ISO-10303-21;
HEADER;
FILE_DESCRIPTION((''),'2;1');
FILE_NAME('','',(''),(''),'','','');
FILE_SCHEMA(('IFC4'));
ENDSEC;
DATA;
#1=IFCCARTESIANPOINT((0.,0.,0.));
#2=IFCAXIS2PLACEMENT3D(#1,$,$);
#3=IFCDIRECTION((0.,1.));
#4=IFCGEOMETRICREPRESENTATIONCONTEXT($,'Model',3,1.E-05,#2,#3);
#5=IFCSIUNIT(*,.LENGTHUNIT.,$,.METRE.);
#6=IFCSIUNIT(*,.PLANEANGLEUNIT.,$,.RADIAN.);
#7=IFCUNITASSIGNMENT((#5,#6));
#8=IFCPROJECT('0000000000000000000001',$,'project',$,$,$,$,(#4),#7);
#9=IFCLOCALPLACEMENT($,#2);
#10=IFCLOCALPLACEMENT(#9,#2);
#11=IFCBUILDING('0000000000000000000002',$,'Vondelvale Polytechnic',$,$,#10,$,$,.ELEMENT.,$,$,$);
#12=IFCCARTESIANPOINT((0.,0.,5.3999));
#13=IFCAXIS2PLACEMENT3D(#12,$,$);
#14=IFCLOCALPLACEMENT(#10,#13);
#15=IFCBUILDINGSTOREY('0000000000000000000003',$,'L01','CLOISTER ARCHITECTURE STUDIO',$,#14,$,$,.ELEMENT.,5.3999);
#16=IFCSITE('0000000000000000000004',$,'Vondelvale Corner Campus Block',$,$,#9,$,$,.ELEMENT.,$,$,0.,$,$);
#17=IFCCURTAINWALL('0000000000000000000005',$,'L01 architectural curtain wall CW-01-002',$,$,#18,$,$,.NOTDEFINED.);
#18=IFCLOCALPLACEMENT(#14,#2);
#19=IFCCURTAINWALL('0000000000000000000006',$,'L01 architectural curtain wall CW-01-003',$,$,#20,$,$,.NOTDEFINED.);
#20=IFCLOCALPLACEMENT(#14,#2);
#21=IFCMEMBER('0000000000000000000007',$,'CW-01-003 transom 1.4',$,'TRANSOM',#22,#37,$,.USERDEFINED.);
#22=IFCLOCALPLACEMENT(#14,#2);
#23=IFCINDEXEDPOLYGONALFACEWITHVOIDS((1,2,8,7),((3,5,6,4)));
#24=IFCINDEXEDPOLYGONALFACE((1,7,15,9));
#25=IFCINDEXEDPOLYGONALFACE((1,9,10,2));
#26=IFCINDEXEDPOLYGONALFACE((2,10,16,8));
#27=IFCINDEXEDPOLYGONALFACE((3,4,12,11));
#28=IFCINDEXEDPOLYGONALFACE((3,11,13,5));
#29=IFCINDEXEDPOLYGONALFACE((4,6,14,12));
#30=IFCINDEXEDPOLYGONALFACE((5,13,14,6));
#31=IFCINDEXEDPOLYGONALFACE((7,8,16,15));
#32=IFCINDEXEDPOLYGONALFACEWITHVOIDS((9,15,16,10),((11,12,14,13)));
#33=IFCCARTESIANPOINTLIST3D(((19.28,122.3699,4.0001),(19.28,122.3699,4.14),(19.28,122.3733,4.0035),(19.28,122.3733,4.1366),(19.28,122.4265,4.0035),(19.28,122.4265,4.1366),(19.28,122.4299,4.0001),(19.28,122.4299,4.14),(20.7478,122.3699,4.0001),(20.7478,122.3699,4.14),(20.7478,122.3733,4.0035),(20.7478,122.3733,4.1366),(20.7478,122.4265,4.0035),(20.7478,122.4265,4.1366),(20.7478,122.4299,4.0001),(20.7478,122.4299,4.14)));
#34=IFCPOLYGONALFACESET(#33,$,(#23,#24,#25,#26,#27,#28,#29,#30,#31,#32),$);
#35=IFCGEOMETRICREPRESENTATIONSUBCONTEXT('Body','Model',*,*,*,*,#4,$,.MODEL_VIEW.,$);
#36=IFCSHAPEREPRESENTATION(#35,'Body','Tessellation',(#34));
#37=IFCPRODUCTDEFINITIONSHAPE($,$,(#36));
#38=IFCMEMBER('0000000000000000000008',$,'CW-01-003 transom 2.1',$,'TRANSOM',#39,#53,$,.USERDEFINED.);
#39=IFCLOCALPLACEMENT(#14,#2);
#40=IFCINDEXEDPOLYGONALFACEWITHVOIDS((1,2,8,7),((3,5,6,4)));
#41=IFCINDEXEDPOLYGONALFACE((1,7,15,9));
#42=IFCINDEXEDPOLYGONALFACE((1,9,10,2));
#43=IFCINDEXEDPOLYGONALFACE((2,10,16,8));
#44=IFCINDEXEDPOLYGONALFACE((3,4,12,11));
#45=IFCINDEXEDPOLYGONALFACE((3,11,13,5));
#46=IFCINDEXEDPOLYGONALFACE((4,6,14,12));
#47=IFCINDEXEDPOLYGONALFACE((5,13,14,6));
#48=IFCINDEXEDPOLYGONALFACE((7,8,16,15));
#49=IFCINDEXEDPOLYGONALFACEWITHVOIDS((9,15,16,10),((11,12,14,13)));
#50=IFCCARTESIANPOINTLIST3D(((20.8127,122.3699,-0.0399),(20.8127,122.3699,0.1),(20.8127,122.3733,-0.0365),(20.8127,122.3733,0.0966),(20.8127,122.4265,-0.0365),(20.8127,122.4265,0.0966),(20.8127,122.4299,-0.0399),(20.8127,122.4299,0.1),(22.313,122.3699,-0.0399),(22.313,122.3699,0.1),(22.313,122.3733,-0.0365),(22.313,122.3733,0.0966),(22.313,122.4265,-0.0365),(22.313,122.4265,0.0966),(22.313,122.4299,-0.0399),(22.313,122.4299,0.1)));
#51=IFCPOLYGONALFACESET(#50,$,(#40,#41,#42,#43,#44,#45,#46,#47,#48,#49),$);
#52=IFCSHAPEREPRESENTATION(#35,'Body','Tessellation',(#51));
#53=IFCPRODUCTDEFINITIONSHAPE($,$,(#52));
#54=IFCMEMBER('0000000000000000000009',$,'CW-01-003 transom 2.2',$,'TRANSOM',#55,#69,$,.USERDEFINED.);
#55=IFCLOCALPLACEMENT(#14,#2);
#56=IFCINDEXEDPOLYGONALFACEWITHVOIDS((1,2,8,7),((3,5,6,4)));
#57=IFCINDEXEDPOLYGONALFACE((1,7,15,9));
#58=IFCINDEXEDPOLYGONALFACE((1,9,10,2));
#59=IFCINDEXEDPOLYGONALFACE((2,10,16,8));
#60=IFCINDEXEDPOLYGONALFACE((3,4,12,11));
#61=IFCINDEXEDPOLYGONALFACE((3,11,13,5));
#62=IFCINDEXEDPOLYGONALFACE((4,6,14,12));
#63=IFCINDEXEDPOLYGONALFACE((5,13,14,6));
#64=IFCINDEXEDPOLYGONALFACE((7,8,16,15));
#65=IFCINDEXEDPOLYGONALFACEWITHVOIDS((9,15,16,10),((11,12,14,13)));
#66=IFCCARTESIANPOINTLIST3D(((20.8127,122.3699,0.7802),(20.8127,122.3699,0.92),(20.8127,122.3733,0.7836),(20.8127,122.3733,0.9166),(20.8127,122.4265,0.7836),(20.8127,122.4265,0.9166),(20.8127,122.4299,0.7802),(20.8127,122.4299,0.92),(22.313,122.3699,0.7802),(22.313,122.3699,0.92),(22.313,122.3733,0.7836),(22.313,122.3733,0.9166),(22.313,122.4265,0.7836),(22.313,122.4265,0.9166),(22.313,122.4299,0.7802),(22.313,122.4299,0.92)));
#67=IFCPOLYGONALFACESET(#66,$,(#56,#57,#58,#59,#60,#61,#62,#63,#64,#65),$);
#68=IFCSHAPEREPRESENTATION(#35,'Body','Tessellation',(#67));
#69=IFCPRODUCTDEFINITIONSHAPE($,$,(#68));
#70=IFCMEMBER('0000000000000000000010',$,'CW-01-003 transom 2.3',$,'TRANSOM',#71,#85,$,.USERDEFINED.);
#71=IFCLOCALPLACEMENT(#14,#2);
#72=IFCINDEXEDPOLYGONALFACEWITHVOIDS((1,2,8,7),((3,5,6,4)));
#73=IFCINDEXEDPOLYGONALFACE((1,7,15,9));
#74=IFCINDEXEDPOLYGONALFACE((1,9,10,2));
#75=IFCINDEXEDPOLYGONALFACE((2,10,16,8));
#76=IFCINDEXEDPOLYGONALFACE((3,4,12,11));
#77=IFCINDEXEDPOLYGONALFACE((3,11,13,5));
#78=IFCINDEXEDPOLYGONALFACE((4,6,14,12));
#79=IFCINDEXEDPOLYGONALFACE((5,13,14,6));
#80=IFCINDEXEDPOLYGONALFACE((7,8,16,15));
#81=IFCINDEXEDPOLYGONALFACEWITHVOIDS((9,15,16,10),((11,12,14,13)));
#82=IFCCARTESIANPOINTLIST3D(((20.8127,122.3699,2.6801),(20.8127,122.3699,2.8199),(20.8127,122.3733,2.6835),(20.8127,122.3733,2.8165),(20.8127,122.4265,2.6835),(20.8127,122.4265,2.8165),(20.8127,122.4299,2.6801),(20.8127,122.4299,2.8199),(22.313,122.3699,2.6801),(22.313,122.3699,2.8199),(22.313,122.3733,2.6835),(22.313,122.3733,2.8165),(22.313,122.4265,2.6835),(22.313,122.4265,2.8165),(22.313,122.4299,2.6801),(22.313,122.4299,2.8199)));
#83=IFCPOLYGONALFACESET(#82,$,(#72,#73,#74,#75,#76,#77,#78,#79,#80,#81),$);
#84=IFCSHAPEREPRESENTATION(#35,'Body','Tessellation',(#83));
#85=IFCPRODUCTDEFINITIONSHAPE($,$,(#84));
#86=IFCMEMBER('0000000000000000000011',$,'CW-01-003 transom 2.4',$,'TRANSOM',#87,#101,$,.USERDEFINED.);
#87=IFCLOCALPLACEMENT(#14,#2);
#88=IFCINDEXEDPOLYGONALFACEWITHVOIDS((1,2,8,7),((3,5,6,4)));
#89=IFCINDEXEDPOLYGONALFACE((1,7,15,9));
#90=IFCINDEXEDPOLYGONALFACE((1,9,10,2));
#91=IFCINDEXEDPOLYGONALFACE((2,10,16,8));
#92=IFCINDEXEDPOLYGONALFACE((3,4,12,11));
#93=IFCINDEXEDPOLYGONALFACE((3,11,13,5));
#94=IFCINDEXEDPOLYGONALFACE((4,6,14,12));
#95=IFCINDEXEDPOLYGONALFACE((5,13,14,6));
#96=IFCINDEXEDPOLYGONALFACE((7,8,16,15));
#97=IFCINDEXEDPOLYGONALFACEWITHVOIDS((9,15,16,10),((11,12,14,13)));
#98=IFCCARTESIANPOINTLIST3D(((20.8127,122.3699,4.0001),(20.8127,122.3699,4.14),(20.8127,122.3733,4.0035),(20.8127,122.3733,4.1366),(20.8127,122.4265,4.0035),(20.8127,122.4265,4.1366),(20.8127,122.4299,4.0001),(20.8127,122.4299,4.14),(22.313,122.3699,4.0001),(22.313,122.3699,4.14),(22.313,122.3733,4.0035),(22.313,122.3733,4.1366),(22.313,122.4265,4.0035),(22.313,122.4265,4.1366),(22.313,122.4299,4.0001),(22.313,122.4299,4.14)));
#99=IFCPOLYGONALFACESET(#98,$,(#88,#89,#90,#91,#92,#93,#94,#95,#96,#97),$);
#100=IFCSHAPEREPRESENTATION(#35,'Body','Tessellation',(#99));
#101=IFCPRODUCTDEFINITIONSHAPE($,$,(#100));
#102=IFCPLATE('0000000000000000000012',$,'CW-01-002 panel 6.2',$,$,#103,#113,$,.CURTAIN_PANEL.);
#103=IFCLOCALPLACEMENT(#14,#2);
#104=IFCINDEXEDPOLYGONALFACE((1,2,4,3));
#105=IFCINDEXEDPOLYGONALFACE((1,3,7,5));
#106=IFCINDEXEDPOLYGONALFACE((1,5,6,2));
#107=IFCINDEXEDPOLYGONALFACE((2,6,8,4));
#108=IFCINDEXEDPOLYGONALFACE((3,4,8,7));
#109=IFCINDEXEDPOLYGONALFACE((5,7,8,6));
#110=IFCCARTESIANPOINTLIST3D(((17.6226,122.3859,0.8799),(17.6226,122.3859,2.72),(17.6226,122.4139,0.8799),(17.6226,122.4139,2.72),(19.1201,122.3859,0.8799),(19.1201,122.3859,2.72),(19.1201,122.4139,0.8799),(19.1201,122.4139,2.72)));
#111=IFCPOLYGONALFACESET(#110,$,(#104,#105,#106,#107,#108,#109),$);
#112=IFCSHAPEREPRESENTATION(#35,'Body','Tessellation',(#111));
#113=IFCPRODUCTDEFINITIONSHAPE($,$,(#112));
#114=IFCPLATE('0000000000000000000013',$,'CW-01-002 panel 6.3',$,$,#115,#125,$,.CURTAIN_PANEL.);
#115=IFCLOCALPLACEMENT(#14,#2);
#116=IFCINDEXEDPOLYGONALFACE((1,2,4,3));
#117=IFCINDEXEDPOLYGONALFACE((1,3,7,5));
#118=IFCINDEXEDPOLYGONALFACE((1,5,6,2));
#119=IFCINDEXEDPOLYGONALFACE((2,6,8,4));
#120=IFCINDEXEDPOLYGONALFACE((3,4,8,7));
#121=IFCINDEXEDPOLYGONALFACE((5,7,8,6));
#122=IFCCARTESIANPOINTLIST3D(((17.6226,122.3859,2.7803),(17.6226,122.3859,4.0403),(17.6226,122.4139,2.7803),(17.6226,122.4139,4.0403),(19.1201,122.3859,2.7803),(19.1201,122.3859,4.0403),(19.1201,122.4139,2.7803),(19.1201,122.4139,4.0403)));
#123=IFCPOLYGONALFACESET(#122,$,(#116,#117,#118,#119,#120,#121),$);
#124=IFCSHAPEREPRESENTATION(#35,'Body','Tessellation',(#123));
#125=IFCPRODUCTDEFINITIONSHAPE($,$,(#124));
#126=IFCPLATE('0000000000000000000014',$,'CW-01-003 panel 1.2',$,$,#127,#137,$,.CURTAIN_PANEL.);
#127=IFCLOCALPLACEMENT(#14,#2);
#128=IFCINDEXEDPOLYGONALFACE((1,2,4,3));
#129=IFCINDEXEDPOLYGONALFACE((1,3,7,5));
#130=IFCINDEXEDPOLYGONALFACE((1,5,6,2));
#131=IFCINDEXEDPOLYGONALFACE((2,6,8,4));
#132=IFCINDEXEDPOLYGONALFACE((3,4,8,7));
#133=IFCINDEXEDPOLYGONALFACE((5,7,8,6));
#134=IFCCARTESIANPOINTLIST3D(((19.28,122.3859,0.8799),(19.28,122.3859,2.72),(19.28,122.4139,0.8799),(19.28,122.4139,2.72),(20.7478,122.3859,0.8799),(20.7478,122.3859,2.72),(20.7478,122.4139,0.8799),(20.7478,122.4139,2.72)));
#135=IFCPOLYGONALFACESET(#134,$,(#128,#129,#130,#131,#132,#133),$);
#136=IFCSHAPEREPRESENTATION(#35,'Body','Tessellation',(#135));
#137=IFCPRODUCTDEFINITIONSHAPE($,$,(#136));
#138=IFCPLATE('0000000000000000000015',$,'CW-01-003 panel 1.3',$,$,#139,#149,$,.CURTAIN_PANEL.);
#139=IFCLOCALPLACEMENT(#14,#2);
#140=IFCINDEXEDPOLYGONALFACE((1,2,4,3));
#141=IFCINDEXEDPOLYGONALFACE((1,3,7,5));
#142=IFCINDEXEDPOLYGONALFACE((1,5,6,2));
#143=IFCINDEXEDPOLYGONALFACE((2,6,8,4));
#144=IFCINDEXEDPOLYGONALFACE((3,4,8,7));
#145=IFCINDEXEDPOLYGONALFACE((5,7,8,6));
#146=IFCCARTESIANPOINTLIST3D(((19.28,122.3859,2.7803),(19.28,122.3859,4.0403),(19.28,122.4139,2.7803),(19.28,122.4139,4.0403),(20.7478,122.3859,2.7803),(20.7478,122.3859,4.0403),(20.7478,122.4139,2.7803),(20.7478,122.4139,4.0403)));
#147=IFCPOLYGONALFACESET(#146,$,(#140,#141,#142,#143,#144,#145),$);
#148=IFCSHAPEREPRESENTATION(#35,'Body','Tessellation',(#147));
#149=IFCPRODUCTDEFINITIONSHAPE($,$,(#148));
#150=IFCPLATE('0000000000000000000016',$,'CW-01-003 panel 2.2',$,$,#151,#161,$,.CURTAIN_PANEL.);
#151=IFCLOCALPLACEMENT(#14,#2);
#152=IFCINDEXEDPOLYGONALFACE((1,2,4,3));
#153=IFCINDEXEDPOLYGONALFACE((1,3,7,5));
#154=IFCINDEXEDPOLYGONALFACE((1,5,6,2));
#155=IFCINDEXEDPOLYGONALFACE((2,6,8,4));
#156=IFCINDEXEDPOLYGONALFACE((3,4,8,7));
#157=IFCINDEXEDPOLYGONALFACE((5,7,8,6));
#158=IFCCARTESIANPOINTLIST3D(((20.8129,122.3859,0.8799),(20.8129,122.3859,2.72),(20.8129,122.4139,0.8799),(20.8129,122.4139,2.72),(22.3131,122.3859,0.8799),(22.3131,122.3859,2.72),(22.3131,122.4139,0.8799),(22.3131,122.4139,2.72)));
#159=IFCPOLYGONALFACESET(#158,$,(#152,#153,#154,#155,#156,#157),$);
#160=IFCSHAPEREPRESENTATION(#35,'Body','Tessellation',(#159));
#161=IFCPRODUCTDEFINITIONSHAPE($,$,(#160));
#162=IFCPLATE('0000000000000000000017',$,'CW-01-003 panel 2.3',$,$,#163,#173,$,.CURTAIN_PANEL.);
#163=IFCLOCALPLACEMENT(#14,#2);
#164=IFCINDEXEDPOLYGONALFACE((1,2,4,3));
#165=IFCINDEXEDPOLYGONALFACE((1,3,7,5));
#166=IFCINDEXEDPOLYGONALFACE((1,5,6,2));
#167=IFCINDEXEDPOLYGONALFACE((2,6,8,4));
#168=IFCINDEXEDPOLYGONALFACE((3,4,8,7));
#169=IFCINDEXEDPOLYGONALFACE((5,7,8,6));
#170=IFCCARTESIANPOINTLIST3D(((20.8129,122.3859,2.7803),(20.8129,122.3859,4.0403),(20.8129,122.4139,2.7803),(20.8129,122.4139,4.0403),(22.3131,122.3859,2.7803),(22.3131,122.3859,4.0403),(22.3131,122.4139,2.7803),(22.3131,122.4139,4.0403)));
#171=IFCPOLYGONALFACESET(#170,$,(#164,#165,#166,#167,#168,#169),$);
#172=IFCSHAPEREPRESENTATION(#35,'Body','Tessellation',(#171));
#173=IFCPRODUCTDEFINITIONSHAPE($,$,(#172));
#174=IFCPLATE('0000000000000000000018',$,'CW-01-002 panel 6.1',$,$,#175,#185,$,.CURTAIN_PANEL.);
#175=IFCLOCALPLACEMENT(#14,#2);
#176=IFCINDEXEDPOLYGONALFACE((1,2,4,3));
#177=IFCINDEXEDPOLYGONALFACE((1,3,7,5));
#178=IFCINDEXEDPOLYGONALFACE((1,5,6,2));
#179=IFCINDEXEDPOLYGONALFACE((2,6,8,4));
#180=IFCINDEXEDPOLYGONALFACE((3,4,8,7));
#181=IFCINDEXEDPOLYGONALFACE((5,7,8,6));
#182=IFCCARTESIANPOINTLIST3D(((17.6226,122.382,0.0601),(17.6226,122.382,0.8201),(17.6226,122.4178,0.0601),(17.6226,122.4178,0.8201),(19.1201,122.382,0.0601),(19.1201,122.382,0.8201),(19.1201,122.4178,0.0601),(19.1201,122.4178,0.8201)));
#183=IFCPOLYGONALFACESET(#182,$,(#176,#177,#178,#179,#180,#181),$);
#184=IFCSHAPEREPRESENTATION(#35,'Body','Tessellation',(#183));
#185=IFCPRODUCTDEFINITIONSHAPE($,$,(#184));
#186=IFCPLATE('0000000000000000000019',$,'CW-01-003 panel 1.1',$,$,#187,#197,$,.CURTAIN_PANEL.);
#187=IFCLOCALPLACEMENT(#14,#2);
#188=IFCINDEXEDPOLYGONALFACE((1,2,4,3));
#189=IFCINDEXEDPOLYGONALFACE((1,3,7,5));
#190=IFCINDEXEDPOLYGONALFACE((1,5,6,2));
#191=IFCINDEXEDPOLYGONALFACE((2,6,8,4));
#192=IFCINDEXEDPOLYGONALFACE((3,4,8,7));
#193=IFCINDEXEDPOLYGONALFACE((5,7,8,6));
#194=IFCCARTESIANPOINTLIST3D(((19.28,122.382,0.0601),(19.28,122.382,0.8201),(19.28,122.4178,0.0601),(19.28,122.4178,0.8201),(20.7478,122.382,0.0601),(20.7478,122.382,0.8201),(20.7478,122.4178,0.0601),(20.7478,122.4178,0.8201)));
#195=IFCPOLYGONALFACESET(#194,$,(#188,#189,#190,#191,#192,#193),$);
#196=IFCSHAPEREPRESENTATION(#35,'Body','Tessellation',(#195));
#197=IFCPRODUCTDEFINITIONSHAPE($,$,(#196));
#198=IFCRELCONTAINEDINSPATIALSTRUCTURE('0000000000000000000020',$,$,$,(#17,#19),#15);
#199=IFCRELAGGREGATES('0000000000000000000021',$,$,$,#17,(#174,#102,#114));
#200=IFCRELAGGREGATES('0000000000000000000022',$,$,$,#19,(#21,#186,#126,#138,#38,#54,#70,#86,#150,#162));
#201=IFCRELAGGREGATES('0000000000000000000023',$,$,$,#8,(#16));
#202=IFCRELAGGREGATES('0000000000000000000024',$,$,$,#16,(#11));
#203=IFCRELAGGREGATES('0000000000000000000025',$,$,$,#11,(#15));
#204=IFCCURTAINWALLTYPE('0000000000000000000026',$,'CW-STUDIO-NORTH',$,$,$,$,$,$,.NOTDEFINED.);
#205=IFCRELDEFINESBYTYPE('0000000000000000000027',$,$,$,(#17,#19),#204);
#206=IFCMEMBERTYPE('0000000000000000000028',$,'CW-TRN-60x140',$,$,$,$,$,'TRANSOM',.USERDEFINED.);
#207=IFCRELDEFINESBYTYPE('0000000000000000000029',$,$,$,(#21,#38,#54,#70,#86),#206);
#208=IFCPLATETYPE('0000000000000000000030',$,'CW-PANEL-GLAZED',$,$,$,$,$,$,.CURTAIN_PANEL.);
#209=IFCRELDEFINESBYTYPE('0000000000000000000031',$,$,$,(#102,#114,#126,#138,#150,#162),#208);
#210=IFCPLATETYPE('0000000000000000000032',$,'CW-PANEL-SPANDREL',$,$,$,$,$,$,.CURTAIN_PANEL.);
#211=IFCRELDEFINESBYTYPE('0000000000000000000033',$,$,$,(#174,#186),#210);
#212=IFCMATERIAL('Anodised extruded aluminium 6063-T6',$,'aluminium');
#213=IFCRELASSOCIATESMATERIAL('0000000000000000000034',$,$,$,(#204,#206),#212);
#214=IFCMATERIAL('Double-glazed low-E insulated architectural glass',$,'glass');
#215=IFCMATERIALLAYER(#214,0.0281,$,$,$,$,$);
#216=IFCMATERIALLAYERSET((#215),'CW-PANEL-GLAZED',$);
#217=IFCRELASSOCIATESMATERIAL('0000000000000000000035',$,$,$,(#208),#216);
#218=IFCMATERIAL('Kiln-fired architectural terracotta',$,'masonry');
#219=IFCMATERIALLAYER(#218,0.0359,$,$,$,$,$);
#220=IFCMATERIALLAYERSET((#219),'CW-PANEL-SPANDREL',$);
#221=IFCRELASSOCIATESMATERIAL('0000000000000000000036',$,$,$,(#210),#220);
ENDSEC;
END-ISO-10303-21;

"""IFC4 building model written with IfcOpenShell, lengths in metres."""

from ifc_helpers import new_model, si_unit, direction, frame, origin, origin_2d, place, context, subcontext, project, spatial, rectangle, hollow_rectangle, extrude, material, layer, layer_set, material_profile, profile_set, type_object, element, aggregate, save


model = new_model("IFC4")

# Units and contexts
model_context = context("Model", 3, precision=1e-05, world=origin(), true_north=direction((0.0, 1.0)))
body_context = subcontext(model_context, "Body", "Model", "MODEL_VIEW")
ifc_project = project(units=[si_unit("LENGTHUNIT", "METRE"), si_unit("PLANEANGLEUNIT", "RADIAN")], contexts=[model_context])

# Site, building, storey
site_placement = place(None, origin())
site = spatial("IfcSite", under=ifc_project, at=site_placement, Name="Vondelvale Corner Campus Block", CompositionType="ELEMENT", RefElevation=0.0)
building_placement = place(site_placement, origin())
building = spatial("IfcBuilding", under=site, at=building_placement, Name="Vondelvale Polytechnic", CompositionType="ELEMENT")
storey_placement = place(building_placement, frame((0.0, 0.0, 5.3999)))
storey = spatial("IfcBuildingStorey", under=building, at=storey_placement, Name="L01", Description="CLOISTER ARCHITECTURE STUDIO", CompositionType="ELEMENT", Elevation=5.3999)

# Curtain wall
ifc_material_1 = material(Name="Anodised extruded aluminium 6063-T6", Category="aluminium")
curtain_wall_type = type_object("IfcCurtainWallType", Name="CW-STUDIO-NORTH", PredefinedType="NOTDEFINED", material=ifc_material_1)
curtain_wall_1_placement = place(storey_placement, origin())
curtain_wall_1 = element("IfcCurtainWall", 1, at=curtain_wall_1_placement, inside=storey, type_object=curtain_wall_type, Name="L01 architectural curtain wall CW-01-002", PredefinedType="NOTDEFINED")

# Curtain wall
curtain_wall_2_placement = place(storey_placement, origin())
curtain_wall_2 = element("IfcCurtainWall", 2, at=curtain_wall_2_placement, inside=storey, type_object=curtain_wall_type, Name="L01 architectural curtain wall CW-01-003", PredefinedType="NOTDEFINED")

# Members
ifc_material_profile_1 = material_profile(ifc_material_1, hollow_rectangle(XDim=0.0601, YDim=0.1399, WallThickness=0.0034, at=origin_2d()), Name="CW-TRN-140x60")
ifc_profile_set_1 = profile_set([ifc_material_profile_1], Name="Anodised extruded aluminium 6063-T6")
member_type_1 = type_object("IfcMemberType", Name="CW-TRN-60x140", ElementType="TRANSOM", PredefinedType="USERDEFINED", material=ifc_profile_set_1)
member_1_placement = place(storey_placement, frame((19.28, 122.3999, 4.0701), z_axis=(1.0, 0.0, 0.0), x_axis=(0.0, 1.0, 0.0)))
member_1 = element("IfcMember", 3, at=member_1_placement, type_object=member_type_1, Name="CW-01-003 transom 1.4", ObjectType="TRANSOM", PredefinedType="USERDEFINED", context=body_context, shape_type="SweptSolid", body=[
    extrude(hollow_rectangle(XDim=0.0601, YDim=0.1399, WallThickness=0.0034, at=origin_2d()), origin(), (0.0, 0.0, 1.0), 1.4678),
])
member_2_placement = place(storey_placement, frame((20.8127, 122.3999, 0.03), z_axis=(1.0, 0.0, 0.0), x_axis=(0.0, 1.0, 0.0)))
member_2 = element("IfcMember", 4, at=member_2_placement, type_object=member_type_1, Name="CW-01-003 transom 2.1", ObjectType="TRANSOM", PredefinedType="USERDEFINED", context=body_context, shape_type="SweptSolid", body=[
    extrude(hollow_rectangle(XDim=0.0601, YDim=0.1399, WallThickness=0.0034, at=origin_2d()), origin(), (0.0, 0.0, 1.0), 1.5002),
])
member_3_placement = place(storey_placement, frame((20.8127, 122.3999, 0.8501), z_axis=(1.0, 0.0, 0.0), x_axis=(0.0, 1.0, 0.0)))
member_3 = element("IfcMember", 5, at=member_3_placement, type_object=member_type_1, Name="CW-01-003 transom 2.2", ObjectType="TRANSOM", PredefinedType="USERDEFINED", context=body_context, shape_type="SweptSolid", body=[
    extrude(hollow_rectangle(XDim=0.0601, YDim=0.1399, WallThickness=0.0034, at=origin_2d()), origin(), (0.0, 0.0, 1.0), 1.5002),
])
member_4_placement = place(storey_placement, frame((20.8127, 122.3999, 2.75), z_axis=(1.0, 0.0, 0.0), x_axis=(0.0, 1.0, 0.0)))
member_4 = element("IfcMember", 6, at=member_4_placement, type_object=member_type_1, Name="CW-01-003 transom 2.3", ObjectType="TRANSOM", PredefinedType="USERDEFINED", context=body_context, shape_type="SweptSolid", body=[
    extrude(hollow_rectangle(XDim=0.0601, YDim=0.1399, WallThickness=0.0034, at=origin_2d()), origin(), (0.0, 0.0, 1.0), 1.5002),
])
member_5_placement = place(storey_placement, frame((20.8127, 122.3999, 4.0701), z_axis=(1.0, 0.0, 0.0), x_axis=(0.0, 1.0, 0.0)))
member_5 = element("IfcMember", 7, at=member_5_placement, type_object=member_type_1, Name="CW-01-003 transom 2.4", ObjectType="TRANSOM", PredefinedType="USERDEFINED", context=body_context, shape_type="SweptSolid", body=[
    extrude(hollow_rectangle(XDim=0.0601, YDim=0.1399, WallThickness=0.0034, at=origin_2d()), origin(), (0.0, 0.0, 1.0), 1.5002),
])

# Plates
ifc_material_2 = material(Name="Double-glazed low-E insulated architectural glass", Category="glass")
ifc_layer_1 = layer(ifc_material_2, 0.0281)
ifc_layer_set_1 = layer_set([ifc_layer_1], Name="CW-PANEL-GLAZED")
plate_type_1 = type_object("IfcPlateType", Name="CW-PANEL-GLAZED", PredefinedType="CURTAIN_PANEL", material=ifc_layer_set_1)
plate_1_placement = place(storey_placement, frame((18.3713, 122.3999, 0.8799), z_axis=(0.0, 0.0, 1.0), x_axis=(1.0, 0.0, 0.0)))
plate_1 = element("IfcPlate", 8, at=plate_1_placement, type_object=plate_type_1, Name="CW-01-002 panel 6.2", PredefinedType="CURTAIN_PANEL", context=body_context, shape_type="SweptSolid", body=[
    extrude(rectangle(XDim=1.4976, YDim=0.0281, at=origin_2d()), origin(), (0.0, 0.0, 1.0), 1.8401),
])
plate_2_placement = place(storey_placement, frame((18.3713, 122.3999, 2.7803), z_axis=(0.0, 0.0, 1.0), x_axis=(1.0, 0.0, 0.0)))
plate_2 = element("IfcPlate", 9, at=plate_2_placement, type_object=plate_type_1, Name="CW-01-002 panel 6.3", PredefinedType="CURTAIN_PANEL", context=body_context, shape_type="SweptSolid", body=[
    extrude(rectangle(XDim=1.4976, YDim=0.0281, at=origin_2d()), origin(), (0.0, 0.0, 1.0), 1.26),
])
plate_3_placement = place(storey_placement, frame((20.0139, 122.3999, 0.8799), z_axis=(0.0, 0.0, 1.0), x_axis=(1.0, 0.0, 0.0)))
plate_3 = element("IfcPlate", 10, at=plate_3_placement, type_object=plate_type_1, Name="CW-01-003 panel 1.2", PredefinedType="CURTAIN_PANEL", context=body_context, shape_type="SweptSolid", body=[
    extrude(rectangle(XDim=1.4678, YDim=0.0281, at=origin_2d()), origin(), (0.0, 0.0, 1.0), 1.8401),
])
plate_4_placement = place(storey_placement, frame((20.0139, 122.3999, 2.7803), z_axis=(0.0, 0.0, 1.0), x_axis=(1.0, 0.0, 0.0)))
plate_4 = element("IfcPlate", 11, at=plate_4_placement, type_object=plate_type_1, Name="CW-01-003 panel 1.3", PredefinedType="CURTAIN_PANEL", context=body_context, shape_type="SweptSolid", body=[
    extrude(rectangle(XDim=1.4678, YDim=0.0281, at=origin_2d()), origin(), (0.0, 0.0, 1.0), 1.26),
])
plate_5_placement = place(storey_placement, frame((21.563, 122.3999, 0.8799), z_axis=(0.0, 0.0, 1.0), x_axis=(1.0, 0.0, 0.0)))
plate_5 = element("IfcPlate", 12, at=plate_5_placement, type_object=plate_type_1, Name="CW-01-003 panel 2.2", PredefinedType="CURTAIN_PANEL", context=body_context, shape_type="SweptSolid", body=[
    extrude(rectangle(XDim=1.5002, YDim=0.0281, at=origin_2d()), origin(), (0.0, 0.0, 1.0), 1.8401),
])
plate_6_placement = place(storey_placement, frame((21.563, 122.3999, 2.7803), z_axis=(0.0, 0.0, 1.0), x_axis=(1.0, 0.0, 0.0)))
plate_6 = element("IfcPlate", 13, at=plate_6_placement, type_object=plate_type_1, Name="CW-01-003 panel 2.3", PredefinedType="CURTAIN_PANEL", context=body_context, shape_type="SweptSolid", body=[
    extrude(rectangle(XDim=1.5002, YDim=0.0281, at=origin_2d()), origin(), (0.0, 0.0, 1.0), 1.26),
])
ifc_material_3 = material(Name="Kiln-fired architectural terracotta", Category="masonry")
ifc_layer_2 = layer(ifc_material_3, 0.0359)
ifc_layer_set_2 = layer_set([ifc_layer_2], Name="CW-PANEL-SPANDREL")
plate_type_2 = type_object("IfcPlateType", Name="CW-PANEL-SPANDREL", PredefinedType="CURTAIN_PANEL", material=ifc_layer_set_2)
plate_7_placement = place(storey_placement, frame((18.3713, 122.3999, 0.0601), z_axis=(0.0, 0.0, 1.0), x_axis=(1.0, 0.0, 0.0)))
plate_7 = element("IfcPlate", 14, at=plate_7_placement, type_object=plate_type_2, Name="CW-01-002 panel 6.1", PredefinedType="CURTAIN_PANEL", context=body_context, shape_type="SweptSolid", body=[
    extrude(rectangle(XDim=1.4976, YDim=0.0359, at=origin_2d()), origin(), (0.0, 0.0, 1.0), 0.76),
])
aggregate(curtain_wall_1, [plate_7, plate_1, plate_2])
plate_8_placement = place(storey_placement, frame((20.0139, 122.3999, 0.0601), z_axis=(0.0, 0.0, 1.0), x_axis=(1.0, 0.0, 0.0)))
plate_8 = element("IfcPlate", 15, at=plate_8_placement, type_object=plate_type_2, Name="CW-01-003 panel 1.1", PredefinedType="CURTAIN_PANEL", context=body_context, shape_type="SweptSolid", body=[
    extrude(rectangle(XDim=1.4678, YDim=0.0359, at=origin_2d()), origin(), (0.0, 0.0, 1.0), 0.76),
])
aggregate(curtain_wall_2, [member_1, plate_8, plate_3, plate_4, member_2, member_3, member_4, member_5, plate_5, plate_6])

save(model, "model.ifc")
